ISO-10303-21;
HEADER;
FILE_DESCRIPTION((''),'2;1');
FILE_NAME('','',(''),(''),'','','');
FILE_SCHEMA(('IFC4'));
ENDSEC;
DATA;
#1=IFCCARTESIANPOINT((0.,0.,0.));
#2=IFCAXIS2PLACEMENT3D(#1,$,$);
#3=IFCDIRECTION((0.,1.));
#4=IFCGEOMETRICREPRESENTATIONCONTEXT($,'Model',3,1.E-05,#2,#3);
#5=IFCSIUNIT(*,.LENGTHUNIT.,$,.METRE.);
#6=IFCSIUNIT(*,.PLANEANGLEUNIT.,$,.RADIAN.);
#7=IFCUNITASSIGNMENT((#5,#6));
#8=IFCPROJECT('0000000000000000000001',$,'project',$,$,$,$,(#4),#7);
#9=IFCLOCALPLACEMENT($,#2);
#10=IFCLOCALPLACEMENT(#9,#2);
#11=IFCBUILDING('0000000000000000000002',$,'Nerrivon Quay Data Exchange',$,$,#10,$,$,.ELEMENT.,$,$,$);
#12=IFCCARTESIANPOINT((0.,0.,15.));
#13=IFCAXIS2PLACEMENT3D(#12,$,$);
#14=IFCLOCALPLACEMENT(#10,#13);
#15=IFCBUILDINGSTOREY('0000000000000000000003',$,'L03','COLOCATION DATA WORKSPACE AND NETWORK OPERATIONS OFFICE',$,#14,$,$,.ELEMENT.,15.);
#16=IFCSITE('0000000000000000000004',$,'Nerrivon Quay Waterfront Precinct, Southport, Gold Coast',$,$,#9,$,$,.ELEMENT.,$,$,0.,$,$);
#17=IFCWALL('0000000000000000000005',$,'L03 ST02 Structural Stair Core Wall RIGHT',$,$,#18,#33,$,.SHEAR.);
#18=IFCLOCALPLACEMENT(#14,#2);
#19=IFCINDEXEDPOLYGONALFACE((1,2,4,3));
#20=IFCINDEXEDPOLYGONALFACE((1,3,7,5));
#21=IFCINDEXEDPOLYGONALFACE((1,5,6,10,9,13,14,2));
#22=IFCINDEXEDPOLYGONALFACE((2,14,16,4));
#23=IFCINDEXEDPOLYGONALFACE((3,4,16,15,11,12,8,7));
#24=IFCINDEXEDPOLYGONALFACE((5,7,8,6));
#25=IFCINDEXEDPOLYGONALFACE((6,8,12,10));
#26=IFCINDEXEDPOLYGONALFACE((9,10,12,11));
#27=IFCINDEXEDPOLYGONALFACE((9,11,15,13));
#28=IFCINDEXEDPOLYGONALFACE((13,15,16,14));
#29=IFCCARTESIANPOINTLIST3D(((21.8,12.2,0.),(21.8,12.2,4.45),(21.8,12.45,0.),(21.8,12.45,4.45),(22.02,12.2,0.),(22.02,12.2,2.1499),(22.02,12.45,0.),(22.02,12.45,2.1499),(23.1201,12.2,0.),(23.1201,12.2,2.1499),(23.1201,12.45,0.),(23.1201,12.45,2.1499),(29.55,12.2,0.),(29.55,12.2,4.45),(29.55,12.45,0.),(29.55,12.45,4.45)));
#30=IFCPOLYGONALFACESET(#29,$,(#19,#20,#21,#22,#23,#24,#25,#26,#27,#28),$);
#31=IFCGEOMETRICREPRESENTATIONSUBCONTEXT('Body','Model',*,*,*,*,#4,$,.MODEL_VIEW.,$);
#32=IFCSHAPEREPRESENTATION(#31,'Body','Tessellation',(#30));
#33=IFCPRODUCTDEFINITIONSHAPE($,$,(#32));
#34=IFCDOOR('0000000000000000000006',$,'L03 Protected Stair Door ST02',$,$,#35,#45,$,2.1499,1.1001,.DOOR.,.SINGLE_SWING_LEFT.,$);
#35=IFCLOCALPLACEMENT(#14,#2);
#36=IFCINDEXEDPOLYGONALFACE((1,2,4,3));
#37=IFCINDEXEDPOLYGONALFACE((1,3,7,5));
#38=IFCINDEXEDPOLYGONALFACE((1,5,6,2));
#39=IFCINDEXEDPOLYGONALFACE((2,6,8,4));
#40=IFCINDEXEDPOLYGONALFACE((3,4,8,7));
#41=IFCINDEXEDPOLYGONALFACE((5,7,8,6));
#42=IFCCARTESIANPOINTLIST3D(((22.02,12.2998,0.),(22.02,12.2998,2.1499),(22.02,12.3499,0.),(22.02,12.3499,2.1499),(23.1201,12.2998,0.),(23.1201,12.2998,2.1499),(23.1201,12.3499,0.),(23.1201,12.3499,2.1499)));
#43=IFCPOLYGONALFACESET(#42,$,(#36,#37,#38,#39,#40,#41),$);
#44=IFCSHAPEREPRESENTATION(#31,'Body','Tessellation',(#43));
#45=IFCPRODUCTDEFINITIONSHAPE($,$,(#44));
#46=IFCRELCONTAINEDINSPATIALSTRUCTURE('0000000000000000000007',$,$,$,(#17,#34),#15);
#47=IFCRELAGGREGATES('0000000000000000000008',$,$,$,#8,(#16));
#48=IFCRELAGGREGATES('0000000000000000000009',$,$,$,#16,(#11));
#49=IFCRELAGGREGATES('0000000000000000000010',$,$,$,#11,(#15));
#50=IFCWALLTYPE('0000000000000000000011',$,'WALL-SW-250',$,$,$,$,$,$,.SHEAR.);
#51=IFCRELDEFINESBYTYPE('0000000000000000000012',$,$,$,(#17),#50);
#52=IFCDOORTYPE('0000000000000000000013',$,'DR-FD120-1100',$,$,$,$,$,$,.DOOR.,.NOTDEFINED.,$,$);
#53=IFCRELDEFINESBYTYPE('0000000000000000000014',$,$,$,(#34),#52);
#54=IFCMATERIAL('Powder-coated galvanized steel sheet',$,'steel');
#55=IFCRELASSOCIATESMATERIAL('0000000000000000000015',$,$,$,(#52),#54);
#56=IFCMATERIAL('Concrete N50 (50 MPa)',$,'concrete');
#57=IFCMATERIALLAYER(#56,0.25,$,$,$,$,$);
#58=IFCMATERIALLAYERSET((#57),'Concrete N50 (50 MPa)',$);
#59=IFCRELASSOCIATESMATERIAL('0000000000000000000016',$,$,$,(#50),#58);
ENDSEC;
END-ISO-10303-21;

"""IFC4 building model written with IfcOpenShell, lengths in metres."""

from ifc_helpers import new_model, si_unit, direction, frame, frame_2d, origin, place, context, subcontext, project, spatial, rectangle, extrude, material, layer, layer_set, type_object, element, fill, save


model = new_model("IFC4")

# Units and contexts
model_context = context("Model", 3, precision=1e-05, world=origin(), true_north=direction((0.0, 1.0)))
body_context = subcontext(model_context, "Body", "Model", "MODEL_VIEW")
ifc_project = project(units=[si_unit("LENGTHUNIT", "METRE"), si_unit("PLANEANGLEUNIT", "RADIAN")], contexts=[model_context])

# Site, building, storey
site_placement = place(None, origin())
site = spatial("IfcSite", under=ifc_project, at=site_placement, Name="Nerrivon Quay Waterfront Precinct, Southport, Gold Coast", CompositionType="ELEMENT", RefElevation=0.0)
building_placement = place(site_placement, origin())
building = spatial("IfcBuilding", under=site, at=building_placement, Name="Nerrivon Quay Data Exchange", CompositionType="ELEMENT")
storey_placement = place(building_placement, frame((0.0, 0.0, 15.0)))
storey = spatial("IfcBuildingStorey", under=building, at=storey_placement, Name="L03", Description="COLOCATION DATA WORKSPACE AND NETWORK OPERATIONS OFFICE", CompositionType="ELEMENT", Elevation=15.0)

# Shared definitions
ifc_material_1 = material(Name="Powder-coated galvanized steel sheet", Category="steel")
door_type_1 = type_object("IfcDoorType", Name="DR-FD120-1100", OperationType="NOTDEFINED", PredefinedType="DOOR", material=ifc_material_1)

# Wall, opening, door
ifc_material_2 = material(Name="Concrete N50 (50 MPa)", Category="concrete")
ifc_layer_1 = layer(ifc_material_2, 0.25)
ifc_layer_set_1 = layer_set([ifc_layer_1], Name="Concrete N50 (50 MPa)")
wall_type_1 = type_object("IfcWallType", Name="WALL-SW-250", PredefinedType="SHEAR", material=ifc_layer_set_1)
wall_1_placement = place(storey_placement, frame((21.8, 12.325, 0.0), z_axis=(0.0, 0.0, 1.0), x_axis=(1.0, 0.0, 0.0)))
wall_1 = element("IfcWall", 1, at=wall_1_placement, inside=storey, type_object=wall_type_1, Name="L03 ST02 Structural Stair Core Wall RIGHT", PredefinedType="SHEAR", context=body_context, shape_type="SweptSolid", body=[
    extrude(rectangle(XDim=7.75, YDim=0.25, at=frame_2d((3.875, 0.0))), origin(), (0.0, 0.0, 1.0), 4.45),
])
opening_1_placement = place(wall_1_placement, frame((0.22, 0.0, 0.0)))
opening_1 = element("IfcOpeningElement", 2, at=opening_1_placement, cuts=wall_1, PredefinedType="OPENING", context=body_context, shape_type="SweptSolid", body=[
    extrude(rectangle(XDim=1.1001, YDim=2.1499, at=frame_2d((0.55, 1.075))), frame((0.0, 0.135, 0.0), z_axis=(0.0, -1.0, 0.0), x_axis=(1.0, 0.0, 0.0)), (0.0, 0.0, 1.0), 0.27),
])
door_1_placement = place(opening_1_placement, origin())
door_1 = element("IfcDoor", 3, at=door_1_placement, inside=storey, type_object=door_type_1, Name="L03 Protected Stair Door ST02", OperationType="SINGLE_SWING_LEFT", OverallHeight=2.1499, OverallWidth=1.1001, PredefinedType="DOOR", context=body_context, shape_type="SweptSolid", body=[
    extrude(rectangle(XDim=1.1001, YDim=2.1499, at=frame_2d((0.55, 1.075))), frame((0.0, 0.0249, 0.0), z_axis=(0.0, -1.0, 0.0), x_axis=(1.0, 0.0, 0.0)), (0.0, 0.0, 1.0), 0.05),
])
fill(opening_1, door_1)

save(model, "model.ifc")
